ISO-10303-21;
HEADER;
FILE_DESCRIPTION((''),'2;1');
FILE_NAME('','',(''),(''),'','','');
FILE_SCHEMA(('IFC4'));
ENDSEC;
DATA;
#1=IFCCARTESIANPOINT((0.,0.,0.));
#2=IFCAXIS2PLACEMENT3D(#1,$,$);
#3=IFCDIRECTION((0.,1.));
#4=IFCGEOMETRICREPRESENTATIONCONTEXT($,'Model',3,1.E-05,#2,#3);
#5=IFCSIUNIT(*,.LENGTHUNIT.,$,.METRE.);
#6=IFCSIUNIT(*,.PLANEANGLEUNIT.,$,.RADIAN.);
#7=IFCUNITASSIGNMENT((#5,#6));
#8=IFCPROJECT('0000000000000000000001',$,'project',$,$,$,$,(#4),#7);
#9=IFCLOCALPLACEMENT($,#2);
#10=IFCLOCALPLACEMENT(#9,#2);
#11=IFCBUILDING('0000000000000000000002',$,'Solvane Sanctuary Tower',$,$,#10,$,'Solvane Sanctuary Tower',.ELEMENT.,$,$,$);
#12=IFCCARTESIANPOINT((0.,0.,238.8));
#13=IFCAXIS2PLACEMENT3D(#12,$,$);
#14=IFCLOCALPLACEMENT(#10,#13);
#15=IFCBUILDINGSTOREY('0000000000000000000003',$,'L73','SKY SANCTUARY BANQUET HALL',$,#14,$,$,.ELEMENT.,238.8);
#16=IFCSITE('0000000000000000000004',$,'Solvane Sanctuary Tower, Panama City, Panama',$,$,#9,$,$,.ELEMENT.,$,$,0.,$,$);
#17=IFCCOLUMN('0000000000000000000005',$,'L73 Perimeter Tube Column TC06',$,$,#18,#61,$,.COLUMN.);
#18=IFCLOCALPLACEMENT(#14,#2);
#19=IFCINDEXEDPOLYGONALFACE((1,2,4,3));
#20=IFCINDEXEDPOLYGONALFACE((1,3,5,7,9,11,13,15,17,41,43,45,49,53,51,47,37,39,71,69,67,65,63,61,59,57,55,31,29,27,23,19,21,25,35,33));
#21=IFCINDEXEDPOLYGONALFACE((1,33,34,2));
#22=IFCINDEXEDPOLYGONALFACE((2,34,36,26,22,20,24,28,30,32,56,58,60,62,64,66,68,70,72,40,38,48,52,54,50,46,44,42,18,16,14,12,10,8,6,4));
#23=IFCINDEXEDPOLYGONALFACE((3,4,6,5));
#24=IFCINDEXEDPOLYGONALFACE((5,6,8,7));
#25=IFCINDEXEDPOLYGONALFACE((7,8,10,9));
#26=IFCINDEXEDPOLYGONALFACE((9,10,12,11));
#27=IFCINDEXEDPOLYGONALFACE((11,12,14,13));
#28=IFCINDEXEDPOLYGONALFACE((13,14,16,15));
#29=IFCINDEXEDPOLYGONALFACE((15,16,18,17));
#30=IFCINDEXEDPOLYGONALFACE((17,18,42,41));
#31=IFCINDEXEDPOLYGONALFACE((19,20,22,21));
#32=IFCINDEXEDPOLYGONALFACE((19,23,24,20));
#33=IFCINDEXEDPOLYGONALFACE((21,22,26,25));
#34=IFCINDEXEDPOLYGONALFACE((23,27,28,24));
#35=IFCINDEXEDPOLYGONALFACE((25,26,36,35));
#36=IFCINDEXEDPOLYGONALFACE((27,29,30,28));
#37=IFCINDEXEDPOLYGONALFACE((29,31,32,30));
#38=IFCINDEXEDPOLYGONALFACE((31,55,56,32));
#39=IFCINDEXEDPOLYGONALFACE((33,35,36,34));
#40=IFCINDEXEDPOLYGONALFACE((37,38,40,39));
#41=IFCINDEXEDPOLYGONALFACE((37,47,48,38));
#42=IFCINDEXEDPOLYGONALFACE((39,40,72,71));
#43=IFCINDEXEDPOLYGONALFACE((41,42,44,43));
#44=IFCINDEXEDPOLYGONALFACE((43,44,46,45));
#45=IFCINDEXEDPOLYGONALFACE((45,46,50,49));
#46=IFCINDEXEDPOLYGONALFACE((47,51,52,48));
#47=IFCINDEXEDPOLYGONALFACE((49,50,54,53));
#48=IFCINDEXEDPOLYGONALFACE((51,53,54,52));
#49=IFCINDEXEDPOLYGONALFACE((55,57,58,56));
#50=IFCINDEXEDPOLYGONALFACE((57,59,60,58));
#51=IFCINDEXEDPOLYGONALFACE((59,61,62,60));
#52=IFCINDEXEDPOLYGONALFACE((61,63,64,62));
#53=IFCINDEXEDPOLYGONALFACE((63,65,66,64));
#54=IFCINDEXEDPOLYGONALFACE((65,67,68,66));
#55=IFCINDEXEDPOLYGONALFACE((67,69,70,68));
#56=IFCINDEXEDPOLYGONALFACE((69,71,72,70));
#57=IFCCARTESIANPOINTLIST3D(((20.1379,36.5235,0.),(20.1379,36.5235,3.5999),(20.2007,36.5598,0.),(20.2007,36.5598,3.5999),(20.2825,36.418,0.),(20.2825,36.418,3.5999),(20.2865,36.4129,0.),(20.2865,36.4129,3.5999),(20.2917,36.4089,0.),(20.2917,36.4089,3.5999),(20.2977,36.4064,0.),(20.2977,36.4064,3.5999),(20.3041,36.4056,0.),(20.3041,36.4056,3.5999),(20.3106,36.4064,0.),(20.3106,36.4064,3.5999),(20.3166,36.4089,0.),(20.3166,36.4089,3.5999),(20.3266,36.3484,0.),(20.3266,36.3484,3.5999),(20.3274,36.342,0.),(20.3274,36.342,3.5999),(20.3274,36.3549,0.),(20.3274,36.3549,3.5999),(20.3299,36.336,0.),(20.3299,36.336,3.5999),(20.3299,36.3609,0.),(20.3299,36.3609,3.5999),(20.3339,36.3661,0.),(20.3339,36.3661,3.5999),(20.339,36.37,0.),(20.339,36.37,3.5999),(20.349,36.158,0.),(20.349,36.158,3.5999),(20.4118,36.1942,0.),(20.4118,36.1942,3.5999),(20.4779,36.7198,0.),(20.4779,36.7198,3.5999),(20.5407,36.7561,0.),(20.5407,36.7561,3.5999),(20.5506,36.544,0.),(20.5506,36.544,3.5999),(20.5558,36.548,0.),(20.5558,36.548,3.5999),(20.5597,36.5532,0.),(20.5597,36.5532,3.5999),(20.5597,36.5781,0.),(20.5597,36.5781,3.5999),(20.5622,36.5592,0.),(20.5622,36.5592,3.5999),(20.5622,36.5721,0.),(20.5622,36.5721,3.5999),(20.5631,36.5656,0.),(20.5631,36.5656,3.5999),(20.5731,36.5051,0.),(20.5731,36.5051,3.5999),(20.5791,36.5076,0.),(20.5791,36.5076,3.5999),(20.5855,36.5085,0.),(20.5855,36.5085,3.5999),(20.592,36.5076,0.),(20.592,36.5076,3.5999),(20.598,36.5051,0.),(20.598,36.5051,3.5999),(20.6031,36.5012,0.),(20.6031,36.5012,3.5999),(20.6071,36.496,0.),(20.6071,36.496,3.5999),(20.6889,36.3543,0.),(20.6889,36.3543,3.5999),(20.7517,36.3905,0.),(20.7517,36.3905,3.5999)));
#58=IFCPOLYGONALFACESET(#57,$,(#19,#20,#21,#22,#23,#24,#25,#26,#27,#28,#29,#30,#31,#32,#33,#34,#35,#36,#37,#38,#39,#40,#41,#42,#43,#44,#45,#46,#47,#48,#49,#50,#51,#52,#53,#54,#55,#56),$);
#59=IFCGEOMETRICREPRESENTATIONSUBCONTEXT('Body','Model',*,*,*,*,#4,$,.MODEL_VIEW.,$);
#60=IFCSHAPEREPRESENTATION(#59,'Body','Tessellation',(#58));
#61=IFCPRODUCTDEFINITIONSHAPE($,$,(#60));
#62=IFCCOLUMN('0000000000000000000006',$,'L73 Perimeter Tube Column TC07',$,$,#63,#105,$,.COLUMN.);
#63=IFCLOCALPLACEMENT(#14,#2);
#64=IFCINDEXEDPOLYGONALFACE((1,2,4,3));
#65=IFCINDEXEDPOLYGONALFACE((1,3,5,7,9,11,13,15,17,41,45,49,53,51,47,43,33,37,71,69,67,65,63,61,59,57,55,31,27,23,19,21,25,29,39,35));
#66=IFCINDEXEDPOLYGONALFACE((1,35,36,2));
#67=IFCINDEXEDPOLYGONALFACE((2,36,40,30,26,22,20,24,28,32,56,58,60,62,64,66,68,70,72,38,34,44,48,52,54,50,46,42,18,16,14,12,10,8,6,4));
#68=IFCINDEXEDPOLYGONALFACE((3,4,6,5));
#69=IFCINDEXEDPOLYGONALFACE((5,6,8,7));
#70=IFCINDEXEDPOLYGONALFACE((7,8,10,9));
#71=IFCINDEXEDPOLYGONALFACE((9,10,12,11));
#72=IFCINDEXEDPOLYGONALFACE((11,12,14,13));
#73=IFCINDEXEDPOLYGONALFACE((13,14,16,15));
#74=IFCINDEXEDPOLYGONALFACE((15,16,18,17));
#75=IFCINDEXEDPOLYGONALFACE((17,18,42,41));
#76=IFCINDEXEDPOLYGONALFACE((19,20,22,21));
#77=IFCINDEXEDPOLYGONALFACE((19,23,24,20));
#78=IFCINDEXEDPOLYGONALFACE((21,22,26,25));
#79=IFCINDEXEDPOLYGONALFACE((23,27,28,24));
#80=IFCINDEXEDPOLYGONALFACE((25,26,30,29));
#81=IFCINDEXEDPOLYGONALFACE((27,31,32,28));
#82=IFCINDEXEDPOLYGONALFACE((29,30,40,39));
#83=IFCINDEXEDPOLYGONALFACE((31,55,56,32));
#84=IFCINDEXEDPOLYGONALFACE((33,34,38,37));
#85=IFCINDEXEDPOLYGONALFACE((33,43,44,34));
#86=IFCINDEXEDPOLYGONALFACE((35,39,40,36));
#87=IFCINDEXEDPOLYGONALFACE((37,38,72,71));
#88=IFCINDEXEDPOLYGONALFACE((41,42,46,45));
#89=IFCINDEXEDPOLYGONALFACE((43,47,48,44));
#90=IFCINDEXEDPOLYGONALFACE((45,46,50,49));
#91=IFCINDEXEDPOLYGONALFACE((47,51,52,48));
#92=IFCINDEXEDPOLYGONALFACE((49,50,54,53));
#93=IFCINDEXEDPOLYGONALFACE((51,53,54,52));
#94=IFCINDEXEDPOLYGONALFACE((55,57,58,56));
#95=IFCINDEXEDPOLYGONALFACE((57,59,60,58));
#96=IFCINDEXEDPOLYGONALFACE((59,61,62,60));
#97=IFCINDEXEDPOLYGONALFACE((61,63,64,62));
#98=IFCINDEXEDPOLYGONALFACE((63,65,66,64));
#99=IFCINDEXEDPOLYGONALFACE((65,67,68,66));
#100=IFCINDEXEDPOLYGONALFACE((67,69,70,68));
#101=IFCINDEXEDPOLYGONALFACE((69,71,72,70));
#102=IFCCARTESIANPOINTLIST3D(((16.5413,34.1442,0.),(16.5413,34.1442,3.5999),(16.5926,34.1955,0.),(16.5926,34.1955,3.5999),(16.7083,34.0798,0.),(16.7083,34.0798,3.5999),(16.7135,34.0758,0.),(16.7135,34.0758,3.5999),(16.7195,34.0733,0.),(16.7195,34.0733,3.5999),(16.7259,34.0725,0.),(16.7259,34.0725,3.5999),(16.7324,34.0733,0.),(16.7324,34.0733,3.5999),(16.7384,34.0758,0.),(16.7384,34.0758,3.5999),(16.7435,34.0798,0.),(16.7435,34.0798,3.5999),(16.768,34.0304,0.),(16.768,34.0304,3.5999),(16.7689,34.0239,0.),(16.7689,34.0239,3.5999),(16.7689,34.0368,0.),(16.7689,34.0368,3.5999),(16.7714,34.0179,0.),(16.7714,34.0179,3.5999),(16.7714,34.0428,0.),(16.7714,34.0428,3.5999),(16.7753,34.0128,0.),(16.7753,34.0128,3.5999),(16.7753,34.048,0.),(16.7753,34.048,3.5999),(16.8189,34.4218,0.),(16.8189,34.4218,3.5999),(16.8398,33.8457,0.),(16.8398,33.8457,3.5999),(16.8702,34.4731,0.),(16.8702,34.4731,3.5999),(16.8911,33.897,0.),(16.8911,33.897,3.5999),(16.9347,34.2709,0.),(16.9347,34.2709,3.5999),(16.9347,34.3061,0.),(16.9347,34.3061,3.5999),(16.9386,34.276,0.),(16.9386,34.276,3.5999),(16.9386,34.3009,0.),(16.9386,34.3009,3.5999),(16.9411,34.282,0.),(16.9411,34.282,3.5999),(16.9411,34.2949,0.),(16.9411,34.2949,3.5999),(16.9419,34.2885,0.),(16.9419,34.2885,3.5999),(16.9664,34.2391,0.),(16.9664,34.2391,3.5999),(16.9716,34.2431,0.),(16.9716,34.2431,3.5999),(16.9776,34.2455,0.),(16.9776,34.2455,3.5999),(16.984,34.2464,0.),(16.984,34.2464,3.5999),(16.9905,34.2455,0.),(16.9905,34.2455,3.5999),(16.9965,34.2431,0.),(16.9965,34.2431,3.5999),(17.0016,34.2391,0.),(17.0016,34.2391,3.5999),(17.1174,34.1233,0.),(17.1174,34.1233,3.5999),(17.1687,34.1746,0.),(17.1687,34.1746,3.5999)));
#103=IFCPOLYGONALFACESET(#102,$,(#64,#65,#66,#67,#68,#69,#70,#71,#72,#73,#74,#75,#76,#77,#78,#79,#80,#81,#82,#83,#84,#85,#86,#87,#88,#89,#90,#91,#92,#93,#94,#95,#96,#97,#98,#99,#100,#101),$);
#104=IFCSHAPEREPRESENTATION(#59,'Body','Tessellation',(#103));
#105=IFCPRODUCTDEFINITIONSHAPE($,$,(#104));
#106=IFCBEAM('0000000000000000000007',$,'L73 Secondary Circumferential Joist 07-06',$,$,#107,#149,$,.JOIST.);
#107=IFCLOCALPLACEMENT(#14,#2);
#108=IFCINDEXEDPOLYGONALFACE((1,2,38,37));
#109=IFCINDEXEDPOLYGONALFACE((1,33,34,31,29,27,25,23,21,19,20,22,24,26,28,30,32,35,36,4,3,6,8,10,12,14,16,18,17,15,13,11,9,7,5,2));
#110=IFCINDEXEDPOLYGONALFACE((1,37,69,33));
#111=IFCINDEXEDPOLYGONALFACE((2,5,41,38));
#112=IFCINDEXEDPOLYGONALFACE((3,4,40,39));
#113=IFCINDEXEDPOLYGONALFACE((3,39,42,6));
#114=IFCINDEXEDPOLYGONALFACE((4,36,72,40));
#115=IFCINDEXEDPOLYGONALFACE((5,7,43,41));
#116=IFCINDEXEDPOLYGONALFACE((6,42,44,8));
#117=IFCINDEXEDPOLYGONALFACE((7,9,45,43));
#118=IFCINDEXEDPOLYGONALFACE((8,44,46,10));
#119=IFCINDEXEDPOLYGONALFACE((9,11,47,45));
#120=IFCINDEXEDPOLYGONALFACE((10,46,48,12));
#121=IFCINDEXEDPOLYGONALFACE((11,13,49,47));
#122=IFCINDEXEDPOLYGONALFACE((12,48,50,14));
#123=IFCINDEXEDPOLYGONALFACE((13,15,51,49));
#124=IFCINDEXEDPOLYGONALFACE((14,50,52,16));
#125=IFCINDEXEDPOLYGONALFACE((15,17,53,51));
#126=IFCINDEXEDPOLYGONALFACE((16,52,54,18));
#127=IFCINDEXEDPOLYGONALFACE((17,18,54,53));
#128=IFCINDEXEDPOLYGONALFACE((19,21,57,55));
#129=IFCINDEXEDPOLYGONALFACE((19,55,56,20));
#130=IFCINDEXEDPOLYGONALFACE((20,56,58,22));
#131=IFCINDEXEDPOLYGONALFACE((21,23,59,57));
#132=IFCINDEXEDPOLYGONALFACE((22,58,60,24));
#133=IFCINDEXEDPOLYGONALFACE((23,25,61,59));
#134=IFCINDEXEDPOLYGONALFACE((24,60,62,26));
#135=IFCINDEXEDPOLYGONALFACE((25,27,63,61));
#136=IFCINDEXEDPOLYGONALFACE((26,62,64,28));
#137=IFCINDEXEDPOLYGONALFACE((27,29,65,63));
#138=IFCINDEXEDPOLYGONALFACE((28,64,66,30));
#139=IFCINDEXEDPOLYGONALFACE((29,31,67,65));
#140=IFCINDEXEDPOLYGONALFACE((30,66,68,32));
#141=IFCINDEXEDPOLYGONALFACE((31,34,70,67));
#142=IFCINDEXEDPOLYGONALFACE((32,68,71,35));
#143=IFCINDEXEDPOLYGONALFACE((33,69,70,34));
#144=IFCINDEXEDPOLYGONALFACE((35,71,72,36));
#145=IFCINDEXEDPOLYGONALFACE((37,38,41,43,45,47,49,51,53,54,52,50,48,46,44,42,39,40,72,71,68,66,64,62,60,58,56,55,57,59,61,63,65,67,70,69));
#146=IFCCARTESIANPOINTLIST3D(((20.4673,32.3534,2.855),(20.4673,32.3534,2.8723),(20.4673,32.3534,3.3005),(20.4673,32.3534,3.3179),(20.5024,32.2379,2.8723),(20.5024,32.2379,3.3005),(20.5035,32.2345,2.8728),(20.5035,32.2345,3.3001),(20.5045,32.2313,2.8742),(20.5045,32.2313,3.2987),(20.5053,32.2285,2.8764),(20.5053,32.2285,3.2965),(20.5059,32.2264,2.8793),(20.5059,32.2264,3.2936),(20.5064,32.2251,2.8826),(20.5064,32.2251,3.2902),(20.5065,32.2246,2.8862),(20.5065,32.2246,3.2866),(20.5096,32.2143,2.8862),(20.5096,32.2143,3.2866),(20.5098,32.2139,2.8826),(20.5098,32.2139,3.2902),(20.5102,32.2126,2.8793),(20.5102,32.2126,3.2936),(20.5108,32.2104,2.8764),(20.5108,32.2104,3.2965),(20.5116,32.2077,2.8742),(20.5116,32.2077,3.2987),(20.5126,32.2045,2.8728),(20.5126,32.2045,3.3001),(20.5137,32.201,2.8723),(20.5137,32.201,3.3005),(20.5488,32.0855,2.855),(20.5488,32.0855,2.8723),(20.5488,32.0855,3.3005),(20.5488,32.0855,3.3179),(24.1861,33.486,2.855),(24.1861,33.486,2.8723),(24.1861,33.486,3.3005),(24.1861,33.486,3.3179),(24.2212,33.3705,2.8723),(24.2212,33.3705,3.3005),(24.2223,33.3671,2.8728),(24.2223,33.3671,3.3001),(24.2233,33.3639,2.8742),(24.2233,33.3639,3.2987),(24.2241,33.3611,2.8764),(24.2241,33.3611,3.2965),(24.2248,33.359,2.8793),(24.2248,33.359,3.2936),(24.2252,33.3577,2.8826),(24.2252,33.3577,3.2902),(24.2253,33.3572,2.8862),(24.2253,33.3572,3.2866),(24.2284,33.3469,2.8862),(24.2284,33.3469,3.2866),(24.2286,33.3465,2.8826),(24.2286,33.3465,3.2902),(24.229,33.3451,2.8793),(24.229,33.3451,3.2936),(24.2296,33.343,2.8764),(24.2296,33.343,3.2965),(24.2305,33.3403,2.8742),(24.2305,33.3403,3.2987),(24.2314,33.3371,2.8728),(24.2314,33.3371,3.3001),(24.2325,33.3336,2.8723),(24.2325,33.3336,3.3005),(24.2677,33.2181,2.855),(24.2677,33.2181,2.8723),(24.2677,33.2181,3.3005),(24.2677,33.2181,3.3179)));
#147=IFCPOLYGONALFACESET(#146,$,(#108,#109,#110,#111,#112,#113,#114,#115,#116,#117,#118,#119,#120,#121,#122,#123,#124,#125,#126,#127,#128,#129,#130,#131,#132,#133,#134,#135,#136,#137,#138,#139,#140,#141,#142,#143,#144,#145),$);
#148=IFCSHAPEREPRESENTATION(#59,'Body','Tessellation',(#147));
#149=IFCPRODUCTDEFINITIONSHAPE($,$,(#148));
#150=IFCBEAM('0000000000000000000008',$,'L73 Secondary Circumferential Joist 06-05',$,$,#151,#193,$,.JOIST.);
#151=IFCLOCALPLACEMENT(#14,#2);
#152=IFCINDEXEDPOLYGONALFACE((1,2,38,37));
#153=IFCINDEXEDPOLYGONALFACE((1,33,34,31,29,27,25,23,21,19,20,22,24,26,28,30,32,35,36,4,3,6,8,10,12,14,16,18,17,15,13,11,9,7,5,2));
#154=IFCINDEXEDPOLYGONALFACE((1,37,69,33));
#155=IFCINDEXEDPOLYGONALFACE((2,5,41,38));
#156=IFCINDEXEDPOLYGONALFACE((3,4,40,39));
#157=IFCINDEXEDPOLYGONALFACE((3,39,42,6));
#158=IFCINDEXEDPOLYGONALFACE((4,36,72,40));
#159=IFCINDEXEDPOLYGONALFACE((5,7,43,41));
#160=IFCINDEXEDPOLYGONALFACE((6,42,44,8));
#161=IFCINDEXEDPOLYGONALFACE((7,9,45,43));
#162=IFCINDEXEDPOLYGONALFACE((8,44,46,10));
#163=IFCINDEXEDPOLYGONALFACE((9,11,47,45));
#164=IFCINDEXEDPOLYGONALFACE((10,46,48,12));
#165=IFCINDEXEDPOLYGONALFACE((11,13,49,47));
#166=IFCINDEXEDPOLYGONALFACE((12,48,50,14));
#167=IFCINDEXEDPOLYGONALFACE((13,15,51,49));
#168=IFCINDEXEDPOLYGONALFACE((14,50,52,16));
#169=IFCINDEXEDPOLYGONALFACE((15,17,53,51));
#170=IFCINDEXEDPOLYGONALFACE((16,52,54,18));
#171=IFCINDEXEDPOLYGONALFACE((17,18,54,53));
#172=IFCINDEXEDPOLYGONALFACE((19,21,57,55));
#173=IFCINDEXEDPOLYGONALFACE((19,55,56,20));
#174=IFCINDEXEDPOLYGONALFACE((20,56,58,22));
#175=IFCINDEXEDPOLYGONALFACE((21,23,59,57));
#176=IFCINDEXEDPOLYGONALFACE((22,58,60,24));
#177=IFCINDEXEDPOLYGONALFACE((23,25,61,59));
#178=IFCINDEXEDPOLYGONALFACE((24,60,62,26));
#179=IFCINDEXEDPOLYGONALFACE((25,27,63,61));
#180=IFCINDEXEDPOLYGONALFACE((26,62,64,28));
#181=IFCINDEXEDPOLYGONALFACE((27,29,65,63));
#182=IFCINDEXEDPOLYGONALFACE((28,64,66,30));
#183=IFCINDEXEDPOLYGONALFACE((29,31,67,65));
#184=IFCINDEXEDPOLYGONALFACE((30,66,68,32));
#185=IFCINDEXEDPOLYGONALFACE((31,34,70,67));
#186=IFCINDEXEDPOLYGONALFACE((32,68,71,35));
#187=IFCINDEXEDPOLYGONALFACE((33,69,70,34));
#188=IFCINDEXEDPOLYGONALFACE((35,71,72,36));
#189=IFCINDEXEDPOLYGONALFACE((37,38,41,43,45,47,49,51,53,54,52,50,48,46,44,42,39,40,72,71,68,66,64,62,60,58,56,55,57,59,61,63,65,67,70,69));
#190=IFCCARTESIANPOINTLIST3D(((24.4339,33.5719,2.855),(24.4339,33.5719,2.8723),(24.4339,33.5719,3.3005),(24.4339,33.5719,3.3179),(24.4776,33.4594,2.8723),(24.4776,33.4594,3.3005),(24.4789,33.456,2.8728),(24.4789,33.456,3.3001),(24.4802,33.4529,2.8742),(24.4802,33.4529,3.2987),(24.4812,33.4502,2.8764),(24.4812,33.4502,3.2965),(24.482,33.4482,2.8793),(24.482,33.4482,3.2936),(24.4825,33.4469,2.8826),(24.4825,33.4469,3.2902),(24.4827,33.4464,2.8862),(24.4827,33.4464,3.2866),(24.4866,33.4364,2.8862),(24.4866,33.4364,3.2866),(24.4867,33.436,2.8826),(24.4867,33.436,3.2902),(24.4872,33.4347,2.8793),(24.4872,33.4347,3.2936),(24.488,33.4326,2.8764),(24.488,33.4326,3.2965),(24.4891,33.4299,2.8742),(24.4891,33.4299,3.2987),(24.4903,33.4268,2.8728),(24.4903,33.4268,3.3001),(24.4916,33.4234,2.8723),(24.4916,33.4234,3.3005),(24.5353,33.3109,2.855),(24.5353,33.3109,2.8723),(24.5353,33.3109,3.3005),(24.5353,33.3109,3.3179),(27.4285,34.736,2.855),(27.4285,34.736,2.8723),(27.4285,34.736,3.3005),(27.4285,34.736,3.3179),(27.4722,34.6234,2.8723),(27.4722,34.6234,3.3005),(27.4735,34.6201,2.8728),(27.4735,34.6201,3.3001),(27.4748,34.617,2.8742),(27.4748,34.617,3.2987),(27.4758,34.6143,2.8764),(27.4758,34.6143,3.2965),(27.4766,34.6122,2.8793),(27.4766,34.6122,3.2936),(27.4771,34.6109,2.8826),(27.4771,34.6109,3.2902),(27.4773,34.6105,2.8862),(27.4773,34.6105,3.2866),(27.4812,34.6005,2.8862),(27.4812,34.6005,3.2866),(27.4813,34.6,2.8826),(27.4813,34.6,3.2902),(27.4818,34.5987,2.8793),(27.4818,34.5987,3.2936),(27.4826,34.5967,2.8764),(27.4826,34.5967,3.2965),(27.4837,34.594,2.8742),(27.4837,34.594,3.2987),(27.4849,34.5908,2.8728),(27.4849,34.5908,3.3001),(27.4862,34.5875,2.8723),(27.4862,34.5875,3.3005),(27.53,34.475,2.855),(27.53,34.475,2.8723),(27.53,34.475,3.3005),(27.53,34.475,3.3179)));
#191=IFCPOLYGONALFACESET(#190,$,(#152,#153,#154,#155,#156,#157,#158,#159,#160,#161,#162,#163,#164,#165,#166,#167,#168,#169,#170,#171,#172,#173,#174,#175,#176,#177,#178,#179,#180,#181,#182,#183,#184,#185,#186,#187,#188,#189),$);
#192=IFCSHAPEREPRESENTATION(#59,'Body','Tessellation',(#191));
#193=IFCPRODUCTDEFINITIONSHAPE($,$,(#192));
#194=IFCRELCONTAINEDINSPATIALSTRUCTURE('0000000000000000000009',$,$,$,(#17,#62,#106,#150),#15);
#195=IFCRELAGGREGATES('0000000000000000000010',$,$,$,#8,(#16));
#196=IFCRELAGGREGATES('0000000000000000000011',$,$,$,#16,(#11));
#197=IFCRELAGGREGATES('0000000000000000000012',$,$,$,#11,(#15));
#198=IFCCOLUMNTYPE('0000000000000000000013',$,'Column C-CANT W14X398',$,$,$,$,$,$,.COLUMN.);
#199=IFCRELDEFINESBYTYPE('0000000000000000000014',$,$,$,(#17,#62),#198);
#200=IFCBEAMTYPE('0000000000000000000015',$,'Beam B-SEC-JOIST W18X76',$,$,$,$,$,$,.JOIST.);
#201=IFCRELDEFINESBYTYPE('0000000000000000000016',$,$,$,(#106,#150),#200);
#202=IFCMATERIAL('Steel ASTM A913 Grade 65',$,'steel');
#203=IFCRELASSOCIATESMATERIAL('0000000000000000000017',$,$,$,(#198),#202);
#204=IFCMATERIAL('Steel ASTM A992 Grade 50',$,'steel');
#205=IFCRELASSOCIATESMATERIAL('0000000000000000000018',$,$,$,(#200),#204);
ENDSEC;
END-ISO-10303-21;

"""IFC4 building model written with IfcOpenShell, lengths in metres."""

from ifc_helpers import new_model, si_unit, direction, frame, origin, origin_2d, place, context, subcontext, project, spatial, i_section, extrude, material, material_profile, profile_set, type_object, element, save


model = new_model("IFC4")

# Units and contexts
model_context = context("Model", 3, precision=1e-05, world=origin(), true_north=direction((0.0, 1.0)))
body_context = subcontext(model_context, "Body", "Model", "MODEL_VIEW")
ifc_project = project(units=[si_unit("LENGTHUNIT", "METRE"), si_unit("PLANEANGLEUNIT", "RADIAN")], contexts=[model_context])

# Site, building, storey
site_placement = place(None, origin())
site = spatial("IfcSite", under=ifc_project, at=site_placement, Name="Solvane Sanctuary Tower, Panama City, Panama", CompositionType="ELEMENT", RefElevation=0.0)
building_placement = place(site_placement, origin())
building = spatial("IfcBuilding", under=site, at=building_placement, Name="Solvane Sanctuary Tower", LongName="Solvane Sanctuary Tower", CompositionType="ELEMENT")
storey_placement = place(building_placement, frame((0.0, 0.0, 238.8)))
storey = spatial("IfcBuildingStorey", under=building, at=storey_placement, Name="L73", Description="SKY SANCTUARY BANQUET HALL", CompositionType="ELEMENT", Elevation=238.8)

# Columns
ifc_material_1 = material(Name="Steel ASTM A913 Grade 65", Category="steel")
ifc_material_profile_1 = material_profile(ifc_material_1, i_section(OverallWidth=0.4221, OverallDepth=0.4651, WebThickness=0.0449, FlangeThickness=0.0725, FilletRadius=0.0249, at=origin_2d()), Name="W14X398")
ifc_profile_set_1 = profile_set([ifc_material_profile_1], Name="Steel ASTM A913 Grade 65")
column_type = type_object("IfcColumnType", Name="Column C-CANT W14X398", PredefinedType="COLUMN", material=ifc_profile_set_1)
for number, where, z_axis, x_axis, name in (
    (1, (20.4448, 36.457, 0.0), (0.0, 0.0, 1.0), (-0.5, 0.866025, 0.0), "L73 Perimeter Tube Column TC06"),
    (2, (16.855, 34.1594, 0.0), (0.0, 0.0, 1.0), (-0.707107, 0.707107, 0.0), "L73 Perimeter Tube Column TC07"),
):
    element("IfcColumn", number, at=place(storey_placement, frame(where, z_axis=z_axis, x_axis=x_axis)), inside=storey, type_object=column_type, Name=name, PredefinedType="COLUMN", context=body_context, shape_type="SweptSolid", body=[
        extrude(i_section(OverallWidth=0.4221, OverallDepth=0.4651, WebThickness=0.0449, FlangeThickness=0.0725, FilletRadius=0.0249, at=origin_2d()), origin(), (0.0, 0.0, 1.0), 3.5999),
    ])

# Beams
ifc_material_2 = material(Name="Steel ASTM A992 Grade 50", Category="steel")
ifc_material_profile_2 = material_profile(ifc_material_2, i_section(OverallWidth=0.28, OverallDepth=0.4629, WebThickness=0.0107, FlangeThickness=0.0173, FilletRadius=0.0139, at=origin_2d()), Name="W18X76")
ifc_profile_set_2 = profile_set([ifc_material_profile_2], Name="Steel ASTM A992 Grade 50")
beam_type_1 = type_object("IfcBeamType", Name="Beam B-SEC-JOIST W18X76", PredefinedType="JOIST", material=ifc_profile_set_2)
beam_1_placement = place(storey_placement, frame((20.5081, 32.2195, 3.0864), z_axis=(0.956618, 0.291344, 0.0), x_axis=(-0.291344, 0.956618, 0.0)))
element("IfcBeam", 3, at=beam_1_placement, inside=storey, type_object=beam_type_1, Name="L73 Secondary Circumferential Joist 07-06", PredefinedType="JOIST", context=body_context, shape_type="SweptSolid", body=[
    extrude(i_section(OverallWidth=0.28, OverallDepth=0.4629, WebThickness=0.0107, FlangeThickness=0.0173, FilletRadius=0.0139, at=origin_2d()), origin(), (0.0, 0.0, 1.0), 3.8875),
])
beam_2_placement = place(storey_placement, frame((24.4846, 33.4414, 3.0864), z_axis=(0.932059, 0.362307, 0.0), x_axis=(-0.362307, 0.932059, 0.0)))
element("IfcBeam", 4, at=beam_2_placement, inside=storey, type_object=beam_type_1, Name="L73 Secondary Circumferential Joist 06-05", PredefinedType="JOIST", context=body_context, shape_type="SweptSolid", body=[
    extrude(i_section(OverallWidth=0.28, OverallDepth=0.4629, WebThickness=0.0107, FlangeThickness=0.0173, FilletRadius=0.0139, at=origin_2d()), origin(), (0.0, 0.0, 1.0), 3.2129),
])

save(model, "model.ifc")
